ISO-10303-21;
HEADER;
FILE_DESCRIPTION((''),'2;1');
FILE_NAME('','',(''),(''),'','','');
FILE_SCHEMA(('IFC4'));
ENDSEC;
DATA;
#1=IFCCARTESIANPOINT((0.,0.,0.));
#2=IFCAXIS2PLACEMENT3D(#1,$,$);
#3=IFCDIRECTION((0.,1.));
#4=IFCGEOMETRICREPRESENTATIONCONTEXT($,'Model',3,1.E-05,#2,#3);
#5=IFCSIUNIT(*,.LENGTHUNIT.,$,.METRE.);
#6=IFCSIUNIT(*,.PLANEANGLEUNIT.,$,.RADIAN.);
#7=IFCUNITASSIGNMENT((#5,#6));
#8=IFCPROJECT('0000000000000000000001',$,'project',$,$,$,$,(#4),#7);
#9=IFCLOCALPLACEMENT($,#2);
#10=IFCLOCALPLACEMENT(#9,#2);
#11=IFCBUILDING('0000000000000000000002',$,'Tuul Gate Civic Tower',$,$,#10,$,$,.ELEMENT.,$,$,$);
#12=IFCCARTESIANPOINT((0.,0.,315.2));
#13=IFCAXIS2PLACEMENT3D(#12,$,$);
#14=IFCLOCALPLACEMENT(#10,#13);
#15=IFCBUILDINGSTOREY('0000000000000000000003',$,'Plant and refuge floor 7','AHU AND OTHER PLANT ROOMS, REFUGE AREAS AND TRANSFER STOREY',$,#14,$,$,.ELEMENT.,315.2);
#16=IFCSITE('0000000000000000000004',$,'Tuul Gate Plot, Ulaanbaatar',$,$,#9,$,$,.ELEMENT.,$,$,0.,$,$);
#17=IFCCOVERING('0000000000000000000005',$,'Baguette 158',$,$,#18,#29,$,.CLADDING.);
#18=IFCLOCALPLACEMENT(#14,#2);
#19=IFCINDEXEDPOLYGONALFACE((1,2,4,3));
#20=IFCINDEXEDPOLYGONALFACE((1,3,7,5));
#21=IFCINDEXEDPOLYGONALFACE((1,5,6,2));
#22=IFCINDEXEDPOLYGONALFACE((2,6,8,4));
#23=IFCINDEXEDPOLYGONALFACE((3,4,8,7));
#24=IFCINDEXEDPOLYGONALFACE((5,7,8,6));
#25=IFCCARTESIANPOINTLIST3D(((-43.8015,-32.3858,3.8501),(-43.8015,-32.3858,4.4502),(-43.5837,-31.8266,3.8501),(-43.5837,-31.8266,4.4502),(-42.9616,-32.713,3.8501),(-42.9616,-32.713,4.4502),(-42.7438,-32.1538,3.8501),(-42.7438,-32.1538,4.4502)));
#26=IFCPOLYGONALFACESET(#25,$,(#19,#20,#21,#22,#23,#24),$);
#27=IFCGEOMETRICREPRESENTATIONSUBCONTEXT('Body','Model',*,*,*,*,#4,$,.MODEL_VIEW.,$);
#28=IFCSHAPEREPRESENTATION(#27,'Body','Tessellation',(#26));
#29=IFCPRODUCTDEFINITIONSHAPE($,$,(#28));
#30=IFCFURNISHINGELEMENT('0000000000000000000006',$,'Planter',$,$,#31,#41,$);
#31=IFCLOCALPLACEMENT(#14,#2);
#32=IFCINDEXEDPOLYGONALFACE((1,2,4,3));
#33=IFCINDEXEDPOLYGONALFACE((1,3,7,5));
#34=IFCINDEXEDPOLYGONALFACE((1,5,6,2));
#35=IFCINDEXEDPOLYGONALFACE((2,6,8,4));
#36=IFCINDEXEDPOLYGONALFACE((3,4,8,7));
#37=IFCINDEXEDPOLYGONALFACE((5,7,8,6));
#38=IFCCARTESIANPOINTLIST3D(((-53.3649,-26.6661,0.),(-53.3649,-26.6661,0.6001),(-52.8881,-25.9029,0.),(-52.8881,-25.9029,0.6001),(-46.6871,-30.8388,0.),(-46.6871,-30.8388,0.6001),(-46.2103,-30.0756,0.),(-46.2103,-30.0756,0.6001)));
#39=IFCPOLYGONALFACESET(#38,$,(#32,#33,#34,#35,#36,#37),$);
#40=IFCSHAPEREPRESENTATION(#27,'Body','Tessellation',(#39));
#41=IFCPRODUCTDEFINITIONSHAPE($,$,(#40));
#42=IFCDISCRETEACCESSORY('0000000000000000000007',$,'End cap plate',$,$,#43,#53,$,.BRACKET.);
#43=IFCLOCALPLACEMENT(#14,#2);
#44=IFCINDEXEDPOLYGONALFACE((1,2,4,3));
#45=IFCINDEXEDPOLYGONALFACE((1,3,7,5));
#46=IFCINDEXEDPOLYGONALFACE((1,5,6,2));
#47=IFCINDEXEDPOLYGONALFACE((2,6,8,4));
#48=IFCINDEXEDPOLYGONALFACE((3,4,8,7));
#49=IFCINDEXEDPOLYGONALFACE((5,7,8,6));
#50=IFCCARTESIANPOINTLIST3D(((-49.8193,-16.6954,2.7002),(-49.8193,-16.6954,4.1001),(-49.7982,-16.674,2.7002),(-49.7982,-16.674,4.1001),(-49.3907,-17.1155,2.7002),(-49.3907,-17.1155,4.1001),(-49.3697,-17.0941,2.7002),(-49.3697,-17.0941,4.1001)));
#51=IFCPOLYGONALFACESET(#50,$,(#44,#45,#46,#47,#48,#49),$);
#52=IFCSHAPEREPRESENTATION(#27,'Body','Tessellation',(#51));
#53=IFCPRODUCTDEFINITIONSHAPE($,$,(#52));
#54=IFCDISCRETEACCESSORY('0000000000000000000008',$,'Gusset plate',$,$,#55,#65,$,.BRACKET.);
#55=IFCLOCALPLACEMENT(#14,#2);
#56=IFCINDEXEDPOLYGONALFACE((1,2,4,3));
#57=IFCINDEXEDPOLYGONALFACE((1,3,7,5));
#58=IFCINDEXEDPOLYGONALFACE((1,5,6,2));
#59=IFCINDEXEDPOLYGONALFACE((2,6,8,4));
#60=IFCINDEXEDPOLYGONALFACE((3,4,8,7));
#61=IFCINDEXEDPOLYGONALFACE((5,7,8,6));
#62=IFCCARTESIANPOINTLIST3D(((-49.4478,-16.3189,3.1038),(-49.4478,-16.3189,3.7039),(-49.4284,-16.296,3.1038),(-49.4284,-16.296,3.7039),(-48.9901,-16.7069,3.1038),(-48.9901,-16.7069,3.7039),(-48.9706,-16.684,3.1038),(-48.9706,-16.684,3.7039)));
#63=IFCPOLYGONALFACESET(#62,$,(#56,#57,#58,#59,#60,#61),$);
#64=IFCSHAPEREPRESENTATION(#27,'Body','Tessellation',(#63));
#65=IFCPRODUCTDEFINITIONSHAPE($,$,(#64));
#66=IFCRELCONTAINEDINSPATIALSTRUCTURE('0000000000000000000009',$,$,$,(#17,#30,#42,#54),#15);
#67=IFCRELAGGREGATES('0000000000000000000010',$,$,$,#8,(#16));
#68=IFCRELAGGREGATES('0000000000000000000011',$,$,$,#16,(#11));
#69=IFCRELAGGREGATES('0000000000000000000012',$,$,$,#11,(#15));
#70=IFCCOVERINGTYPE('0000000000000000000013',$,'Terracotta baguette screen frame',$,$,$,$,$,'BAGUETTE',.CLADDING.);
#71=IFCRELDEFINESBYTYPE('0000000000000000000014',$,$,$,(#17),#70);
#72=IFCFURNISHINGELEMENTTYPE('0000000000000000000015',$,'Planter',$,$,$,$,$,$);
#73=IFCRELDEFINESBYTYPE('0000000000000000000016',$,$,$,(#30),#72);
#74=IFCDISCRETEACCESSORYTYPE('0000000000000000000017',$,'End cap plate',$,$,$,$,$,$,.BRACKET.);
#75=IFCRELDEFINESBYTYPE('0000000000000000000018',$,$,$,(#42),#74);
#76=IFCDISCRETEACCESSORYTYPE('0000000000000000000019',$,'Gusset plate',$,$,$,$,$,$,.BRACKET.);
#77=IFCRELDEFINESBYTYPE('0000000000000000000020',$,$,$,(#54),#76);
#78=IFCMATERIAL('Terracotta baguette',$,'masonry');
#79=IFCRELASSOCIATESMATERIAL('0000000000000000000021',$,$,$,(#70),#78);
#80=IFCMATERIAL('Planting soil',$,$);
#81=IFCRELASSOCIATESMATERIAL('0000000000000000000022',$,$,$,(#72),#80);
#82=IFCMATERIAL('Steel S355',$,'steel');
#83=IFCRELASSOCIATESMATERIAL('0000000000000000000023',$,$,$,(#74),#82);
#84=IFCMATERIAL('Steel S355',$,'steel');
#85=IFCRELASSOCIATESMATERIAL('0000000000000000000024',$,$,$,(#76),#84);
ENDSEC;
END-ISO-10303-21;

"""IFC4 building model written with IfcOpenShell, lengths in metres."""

from ifc_helpers import new_model, si_unit, direction, frame, origin, origin_2d, place, context, subcontext, project, spatial, rectangle, extrude, material, material_profile, profile_set, type_object, element, save


model = new_model("IFC4")

# Units and contexts
model_context = context("Model", 3, precision=1e-05, world=origin(), true_north=direction((0.0, 1.0)))
body_context = subcontext(model_context, "Body", "Model", "MODEL_VIEW")
ifc_project = project(units=[si_unit("LENGTHUNIT", "METRE"), si_unit("PLANEANGLEUNIT", "RADIAN")], contexts=[model_context])

# Site, building, storey
site_placement = place(None, origin())
site = spatial("IfcSite", under=ifc_project, at=site_placement, Name="Tuul Gate Plot, Ulaanbaatar", CompositionType="ELEMENT", RefElevation=0.0)
building_placement = place(site_placement, origin())
building = spatial("IfcBuilding", under=site, at=building_placement, Name="Tuul Gate Civic Tower", CompositionType="ELEMENT")
storey_placement = place(building_placement, frame((0.0, 0.0, 315.2)))
storey = spatial("IfcBuildingStorey", under=building, at=storey_placement, Name="Plant and refuge floor 7", Description="AHU AND OTHER PLANT ROOMS, REFUGE AREAS AND TRANSFER STOREY", CompositionType="ELEMENT", Elevation=315.2)

# Covering
ifc_material_1 = material(Name="Terracotta baguette", Category="masonry")
ifc_material_profile_1 = material_profile(ifc_material_1, rectangle(XDim=0.6001, YDim=0.6001, at=origin_2d()), Name="Terracotta baguette screen frame")
ifc_profile_set_1 = profile_set([ifc_material_profile_1], Name="Terracotta baguette")
covering_type = type_object("IfcCoveringType", Name="Terracotta baguette screen frame", ElementType="BAGUETTE", PredefinedType="CLADDING", material=ifc_profile_set_1)
covering_1_placement = place(storey_placement, frame((-43.6926, -32.1062, 4.1501), z_axis=(0.931801, -0.362969, 0.0), x_axis=(0.362969, 0.931801, 0.0)))
element("IfcCovering", 1, at=covering_1_placement, inside=storey, type_object=covering_type, Name="Baguette 158", PredefinedType="CLADDING", context=body_context, shape_type="SweptSolid", body=[
    extrude(rectangle(XDim=0.6001, YDim=0.6001, at=origin_2d()), origin(), (0.0, 0.0, 1.0), 0.9014),
])

# Furnishing element
ifc_material_2 = material(Name="Planting soil")
furnishing_element_type = type_object("IfcFurnishingElementType", Name="Planter", material=ifc_material_2)
furnishing_placement = place(storey_placement, frame((-49.7876, -28.3708, 0.0), z_axis=(0.0, 0.0, 1.0), x_axis=(0.848053, -0.529912, 0.0)))
element("IfcFurnishingElement", 2, at=furnishing_placement, inside=storey, type_object=furnishing_element_type, Name="Planter", context=body_context, shape_type="SweptSolid", body=[
    extrude(rectangle(XDim=7.8743, YDim=0.8999, at=origin_2d()), origin(), (0.0, 0.0, 1.0), 0.6001),
])

# Discrete accessories
ifc_material_3 = material(Name="Steel S355", Category="steel")
discrete_accessory_type_1 = type_object("IfcDiscreteAccessoryType", Name="End cap plate", PredefinedType="BRACKET", material=ifc_material_3)
discrete_accessory_1_placement = place(storey_placement, frame((-49.5945, -16.8948, 2.7002), z_axis=(0.0, 0.0, 1.0), x_axis=(-0.700048, -0.714096, 0.0)))
element("IfcDiscreteAccessory", 3, at=discrete_accessory_1_placement, inside=storey, type_object=discrete_accessory_type_1, Name="End cap plate", PredefinedType="BRACKET", context=body_context, shape_type="SweptSolid", body=[
    extrude(rectangle(XDim=0.03, YDim=0.6001, at=origin_2d()), origin(), (0.0, 0.0, 1.0), 1.3999),
])
ifc_material_4 = material(Name="Steel S355", Category="steel")
discrete_accessory_type_2 = type_object("IfcDiscreteAccessoryType", Name="Gusset plate", PredefinedType="BRACKET", material=ifc_material_4)
discrete_accessory_2_placement = place(storey_placement, frame((-49.2092, -16.5015, 3.1038), z_axis=(0.0, 0.0, 1.0), x_axis=(-0.762825, 0.646605, 0.0)))
element("IfcDiscreteAccessory", 4, at=discrete_accessory_2_placement, inside=storey, type_object=discrete_accessory_type_2, Name="Gusset plate", PredefinedType="BRACKET", context=body_context, shape_type="SweptSolid", body=[
    extrude(rectangle(XDim=0.6001, YDim=0.03, at=origin_2d()), origin(), (0.0, 0.0, 1.0), 0.6001),
])

save(model, "model.ifc")
